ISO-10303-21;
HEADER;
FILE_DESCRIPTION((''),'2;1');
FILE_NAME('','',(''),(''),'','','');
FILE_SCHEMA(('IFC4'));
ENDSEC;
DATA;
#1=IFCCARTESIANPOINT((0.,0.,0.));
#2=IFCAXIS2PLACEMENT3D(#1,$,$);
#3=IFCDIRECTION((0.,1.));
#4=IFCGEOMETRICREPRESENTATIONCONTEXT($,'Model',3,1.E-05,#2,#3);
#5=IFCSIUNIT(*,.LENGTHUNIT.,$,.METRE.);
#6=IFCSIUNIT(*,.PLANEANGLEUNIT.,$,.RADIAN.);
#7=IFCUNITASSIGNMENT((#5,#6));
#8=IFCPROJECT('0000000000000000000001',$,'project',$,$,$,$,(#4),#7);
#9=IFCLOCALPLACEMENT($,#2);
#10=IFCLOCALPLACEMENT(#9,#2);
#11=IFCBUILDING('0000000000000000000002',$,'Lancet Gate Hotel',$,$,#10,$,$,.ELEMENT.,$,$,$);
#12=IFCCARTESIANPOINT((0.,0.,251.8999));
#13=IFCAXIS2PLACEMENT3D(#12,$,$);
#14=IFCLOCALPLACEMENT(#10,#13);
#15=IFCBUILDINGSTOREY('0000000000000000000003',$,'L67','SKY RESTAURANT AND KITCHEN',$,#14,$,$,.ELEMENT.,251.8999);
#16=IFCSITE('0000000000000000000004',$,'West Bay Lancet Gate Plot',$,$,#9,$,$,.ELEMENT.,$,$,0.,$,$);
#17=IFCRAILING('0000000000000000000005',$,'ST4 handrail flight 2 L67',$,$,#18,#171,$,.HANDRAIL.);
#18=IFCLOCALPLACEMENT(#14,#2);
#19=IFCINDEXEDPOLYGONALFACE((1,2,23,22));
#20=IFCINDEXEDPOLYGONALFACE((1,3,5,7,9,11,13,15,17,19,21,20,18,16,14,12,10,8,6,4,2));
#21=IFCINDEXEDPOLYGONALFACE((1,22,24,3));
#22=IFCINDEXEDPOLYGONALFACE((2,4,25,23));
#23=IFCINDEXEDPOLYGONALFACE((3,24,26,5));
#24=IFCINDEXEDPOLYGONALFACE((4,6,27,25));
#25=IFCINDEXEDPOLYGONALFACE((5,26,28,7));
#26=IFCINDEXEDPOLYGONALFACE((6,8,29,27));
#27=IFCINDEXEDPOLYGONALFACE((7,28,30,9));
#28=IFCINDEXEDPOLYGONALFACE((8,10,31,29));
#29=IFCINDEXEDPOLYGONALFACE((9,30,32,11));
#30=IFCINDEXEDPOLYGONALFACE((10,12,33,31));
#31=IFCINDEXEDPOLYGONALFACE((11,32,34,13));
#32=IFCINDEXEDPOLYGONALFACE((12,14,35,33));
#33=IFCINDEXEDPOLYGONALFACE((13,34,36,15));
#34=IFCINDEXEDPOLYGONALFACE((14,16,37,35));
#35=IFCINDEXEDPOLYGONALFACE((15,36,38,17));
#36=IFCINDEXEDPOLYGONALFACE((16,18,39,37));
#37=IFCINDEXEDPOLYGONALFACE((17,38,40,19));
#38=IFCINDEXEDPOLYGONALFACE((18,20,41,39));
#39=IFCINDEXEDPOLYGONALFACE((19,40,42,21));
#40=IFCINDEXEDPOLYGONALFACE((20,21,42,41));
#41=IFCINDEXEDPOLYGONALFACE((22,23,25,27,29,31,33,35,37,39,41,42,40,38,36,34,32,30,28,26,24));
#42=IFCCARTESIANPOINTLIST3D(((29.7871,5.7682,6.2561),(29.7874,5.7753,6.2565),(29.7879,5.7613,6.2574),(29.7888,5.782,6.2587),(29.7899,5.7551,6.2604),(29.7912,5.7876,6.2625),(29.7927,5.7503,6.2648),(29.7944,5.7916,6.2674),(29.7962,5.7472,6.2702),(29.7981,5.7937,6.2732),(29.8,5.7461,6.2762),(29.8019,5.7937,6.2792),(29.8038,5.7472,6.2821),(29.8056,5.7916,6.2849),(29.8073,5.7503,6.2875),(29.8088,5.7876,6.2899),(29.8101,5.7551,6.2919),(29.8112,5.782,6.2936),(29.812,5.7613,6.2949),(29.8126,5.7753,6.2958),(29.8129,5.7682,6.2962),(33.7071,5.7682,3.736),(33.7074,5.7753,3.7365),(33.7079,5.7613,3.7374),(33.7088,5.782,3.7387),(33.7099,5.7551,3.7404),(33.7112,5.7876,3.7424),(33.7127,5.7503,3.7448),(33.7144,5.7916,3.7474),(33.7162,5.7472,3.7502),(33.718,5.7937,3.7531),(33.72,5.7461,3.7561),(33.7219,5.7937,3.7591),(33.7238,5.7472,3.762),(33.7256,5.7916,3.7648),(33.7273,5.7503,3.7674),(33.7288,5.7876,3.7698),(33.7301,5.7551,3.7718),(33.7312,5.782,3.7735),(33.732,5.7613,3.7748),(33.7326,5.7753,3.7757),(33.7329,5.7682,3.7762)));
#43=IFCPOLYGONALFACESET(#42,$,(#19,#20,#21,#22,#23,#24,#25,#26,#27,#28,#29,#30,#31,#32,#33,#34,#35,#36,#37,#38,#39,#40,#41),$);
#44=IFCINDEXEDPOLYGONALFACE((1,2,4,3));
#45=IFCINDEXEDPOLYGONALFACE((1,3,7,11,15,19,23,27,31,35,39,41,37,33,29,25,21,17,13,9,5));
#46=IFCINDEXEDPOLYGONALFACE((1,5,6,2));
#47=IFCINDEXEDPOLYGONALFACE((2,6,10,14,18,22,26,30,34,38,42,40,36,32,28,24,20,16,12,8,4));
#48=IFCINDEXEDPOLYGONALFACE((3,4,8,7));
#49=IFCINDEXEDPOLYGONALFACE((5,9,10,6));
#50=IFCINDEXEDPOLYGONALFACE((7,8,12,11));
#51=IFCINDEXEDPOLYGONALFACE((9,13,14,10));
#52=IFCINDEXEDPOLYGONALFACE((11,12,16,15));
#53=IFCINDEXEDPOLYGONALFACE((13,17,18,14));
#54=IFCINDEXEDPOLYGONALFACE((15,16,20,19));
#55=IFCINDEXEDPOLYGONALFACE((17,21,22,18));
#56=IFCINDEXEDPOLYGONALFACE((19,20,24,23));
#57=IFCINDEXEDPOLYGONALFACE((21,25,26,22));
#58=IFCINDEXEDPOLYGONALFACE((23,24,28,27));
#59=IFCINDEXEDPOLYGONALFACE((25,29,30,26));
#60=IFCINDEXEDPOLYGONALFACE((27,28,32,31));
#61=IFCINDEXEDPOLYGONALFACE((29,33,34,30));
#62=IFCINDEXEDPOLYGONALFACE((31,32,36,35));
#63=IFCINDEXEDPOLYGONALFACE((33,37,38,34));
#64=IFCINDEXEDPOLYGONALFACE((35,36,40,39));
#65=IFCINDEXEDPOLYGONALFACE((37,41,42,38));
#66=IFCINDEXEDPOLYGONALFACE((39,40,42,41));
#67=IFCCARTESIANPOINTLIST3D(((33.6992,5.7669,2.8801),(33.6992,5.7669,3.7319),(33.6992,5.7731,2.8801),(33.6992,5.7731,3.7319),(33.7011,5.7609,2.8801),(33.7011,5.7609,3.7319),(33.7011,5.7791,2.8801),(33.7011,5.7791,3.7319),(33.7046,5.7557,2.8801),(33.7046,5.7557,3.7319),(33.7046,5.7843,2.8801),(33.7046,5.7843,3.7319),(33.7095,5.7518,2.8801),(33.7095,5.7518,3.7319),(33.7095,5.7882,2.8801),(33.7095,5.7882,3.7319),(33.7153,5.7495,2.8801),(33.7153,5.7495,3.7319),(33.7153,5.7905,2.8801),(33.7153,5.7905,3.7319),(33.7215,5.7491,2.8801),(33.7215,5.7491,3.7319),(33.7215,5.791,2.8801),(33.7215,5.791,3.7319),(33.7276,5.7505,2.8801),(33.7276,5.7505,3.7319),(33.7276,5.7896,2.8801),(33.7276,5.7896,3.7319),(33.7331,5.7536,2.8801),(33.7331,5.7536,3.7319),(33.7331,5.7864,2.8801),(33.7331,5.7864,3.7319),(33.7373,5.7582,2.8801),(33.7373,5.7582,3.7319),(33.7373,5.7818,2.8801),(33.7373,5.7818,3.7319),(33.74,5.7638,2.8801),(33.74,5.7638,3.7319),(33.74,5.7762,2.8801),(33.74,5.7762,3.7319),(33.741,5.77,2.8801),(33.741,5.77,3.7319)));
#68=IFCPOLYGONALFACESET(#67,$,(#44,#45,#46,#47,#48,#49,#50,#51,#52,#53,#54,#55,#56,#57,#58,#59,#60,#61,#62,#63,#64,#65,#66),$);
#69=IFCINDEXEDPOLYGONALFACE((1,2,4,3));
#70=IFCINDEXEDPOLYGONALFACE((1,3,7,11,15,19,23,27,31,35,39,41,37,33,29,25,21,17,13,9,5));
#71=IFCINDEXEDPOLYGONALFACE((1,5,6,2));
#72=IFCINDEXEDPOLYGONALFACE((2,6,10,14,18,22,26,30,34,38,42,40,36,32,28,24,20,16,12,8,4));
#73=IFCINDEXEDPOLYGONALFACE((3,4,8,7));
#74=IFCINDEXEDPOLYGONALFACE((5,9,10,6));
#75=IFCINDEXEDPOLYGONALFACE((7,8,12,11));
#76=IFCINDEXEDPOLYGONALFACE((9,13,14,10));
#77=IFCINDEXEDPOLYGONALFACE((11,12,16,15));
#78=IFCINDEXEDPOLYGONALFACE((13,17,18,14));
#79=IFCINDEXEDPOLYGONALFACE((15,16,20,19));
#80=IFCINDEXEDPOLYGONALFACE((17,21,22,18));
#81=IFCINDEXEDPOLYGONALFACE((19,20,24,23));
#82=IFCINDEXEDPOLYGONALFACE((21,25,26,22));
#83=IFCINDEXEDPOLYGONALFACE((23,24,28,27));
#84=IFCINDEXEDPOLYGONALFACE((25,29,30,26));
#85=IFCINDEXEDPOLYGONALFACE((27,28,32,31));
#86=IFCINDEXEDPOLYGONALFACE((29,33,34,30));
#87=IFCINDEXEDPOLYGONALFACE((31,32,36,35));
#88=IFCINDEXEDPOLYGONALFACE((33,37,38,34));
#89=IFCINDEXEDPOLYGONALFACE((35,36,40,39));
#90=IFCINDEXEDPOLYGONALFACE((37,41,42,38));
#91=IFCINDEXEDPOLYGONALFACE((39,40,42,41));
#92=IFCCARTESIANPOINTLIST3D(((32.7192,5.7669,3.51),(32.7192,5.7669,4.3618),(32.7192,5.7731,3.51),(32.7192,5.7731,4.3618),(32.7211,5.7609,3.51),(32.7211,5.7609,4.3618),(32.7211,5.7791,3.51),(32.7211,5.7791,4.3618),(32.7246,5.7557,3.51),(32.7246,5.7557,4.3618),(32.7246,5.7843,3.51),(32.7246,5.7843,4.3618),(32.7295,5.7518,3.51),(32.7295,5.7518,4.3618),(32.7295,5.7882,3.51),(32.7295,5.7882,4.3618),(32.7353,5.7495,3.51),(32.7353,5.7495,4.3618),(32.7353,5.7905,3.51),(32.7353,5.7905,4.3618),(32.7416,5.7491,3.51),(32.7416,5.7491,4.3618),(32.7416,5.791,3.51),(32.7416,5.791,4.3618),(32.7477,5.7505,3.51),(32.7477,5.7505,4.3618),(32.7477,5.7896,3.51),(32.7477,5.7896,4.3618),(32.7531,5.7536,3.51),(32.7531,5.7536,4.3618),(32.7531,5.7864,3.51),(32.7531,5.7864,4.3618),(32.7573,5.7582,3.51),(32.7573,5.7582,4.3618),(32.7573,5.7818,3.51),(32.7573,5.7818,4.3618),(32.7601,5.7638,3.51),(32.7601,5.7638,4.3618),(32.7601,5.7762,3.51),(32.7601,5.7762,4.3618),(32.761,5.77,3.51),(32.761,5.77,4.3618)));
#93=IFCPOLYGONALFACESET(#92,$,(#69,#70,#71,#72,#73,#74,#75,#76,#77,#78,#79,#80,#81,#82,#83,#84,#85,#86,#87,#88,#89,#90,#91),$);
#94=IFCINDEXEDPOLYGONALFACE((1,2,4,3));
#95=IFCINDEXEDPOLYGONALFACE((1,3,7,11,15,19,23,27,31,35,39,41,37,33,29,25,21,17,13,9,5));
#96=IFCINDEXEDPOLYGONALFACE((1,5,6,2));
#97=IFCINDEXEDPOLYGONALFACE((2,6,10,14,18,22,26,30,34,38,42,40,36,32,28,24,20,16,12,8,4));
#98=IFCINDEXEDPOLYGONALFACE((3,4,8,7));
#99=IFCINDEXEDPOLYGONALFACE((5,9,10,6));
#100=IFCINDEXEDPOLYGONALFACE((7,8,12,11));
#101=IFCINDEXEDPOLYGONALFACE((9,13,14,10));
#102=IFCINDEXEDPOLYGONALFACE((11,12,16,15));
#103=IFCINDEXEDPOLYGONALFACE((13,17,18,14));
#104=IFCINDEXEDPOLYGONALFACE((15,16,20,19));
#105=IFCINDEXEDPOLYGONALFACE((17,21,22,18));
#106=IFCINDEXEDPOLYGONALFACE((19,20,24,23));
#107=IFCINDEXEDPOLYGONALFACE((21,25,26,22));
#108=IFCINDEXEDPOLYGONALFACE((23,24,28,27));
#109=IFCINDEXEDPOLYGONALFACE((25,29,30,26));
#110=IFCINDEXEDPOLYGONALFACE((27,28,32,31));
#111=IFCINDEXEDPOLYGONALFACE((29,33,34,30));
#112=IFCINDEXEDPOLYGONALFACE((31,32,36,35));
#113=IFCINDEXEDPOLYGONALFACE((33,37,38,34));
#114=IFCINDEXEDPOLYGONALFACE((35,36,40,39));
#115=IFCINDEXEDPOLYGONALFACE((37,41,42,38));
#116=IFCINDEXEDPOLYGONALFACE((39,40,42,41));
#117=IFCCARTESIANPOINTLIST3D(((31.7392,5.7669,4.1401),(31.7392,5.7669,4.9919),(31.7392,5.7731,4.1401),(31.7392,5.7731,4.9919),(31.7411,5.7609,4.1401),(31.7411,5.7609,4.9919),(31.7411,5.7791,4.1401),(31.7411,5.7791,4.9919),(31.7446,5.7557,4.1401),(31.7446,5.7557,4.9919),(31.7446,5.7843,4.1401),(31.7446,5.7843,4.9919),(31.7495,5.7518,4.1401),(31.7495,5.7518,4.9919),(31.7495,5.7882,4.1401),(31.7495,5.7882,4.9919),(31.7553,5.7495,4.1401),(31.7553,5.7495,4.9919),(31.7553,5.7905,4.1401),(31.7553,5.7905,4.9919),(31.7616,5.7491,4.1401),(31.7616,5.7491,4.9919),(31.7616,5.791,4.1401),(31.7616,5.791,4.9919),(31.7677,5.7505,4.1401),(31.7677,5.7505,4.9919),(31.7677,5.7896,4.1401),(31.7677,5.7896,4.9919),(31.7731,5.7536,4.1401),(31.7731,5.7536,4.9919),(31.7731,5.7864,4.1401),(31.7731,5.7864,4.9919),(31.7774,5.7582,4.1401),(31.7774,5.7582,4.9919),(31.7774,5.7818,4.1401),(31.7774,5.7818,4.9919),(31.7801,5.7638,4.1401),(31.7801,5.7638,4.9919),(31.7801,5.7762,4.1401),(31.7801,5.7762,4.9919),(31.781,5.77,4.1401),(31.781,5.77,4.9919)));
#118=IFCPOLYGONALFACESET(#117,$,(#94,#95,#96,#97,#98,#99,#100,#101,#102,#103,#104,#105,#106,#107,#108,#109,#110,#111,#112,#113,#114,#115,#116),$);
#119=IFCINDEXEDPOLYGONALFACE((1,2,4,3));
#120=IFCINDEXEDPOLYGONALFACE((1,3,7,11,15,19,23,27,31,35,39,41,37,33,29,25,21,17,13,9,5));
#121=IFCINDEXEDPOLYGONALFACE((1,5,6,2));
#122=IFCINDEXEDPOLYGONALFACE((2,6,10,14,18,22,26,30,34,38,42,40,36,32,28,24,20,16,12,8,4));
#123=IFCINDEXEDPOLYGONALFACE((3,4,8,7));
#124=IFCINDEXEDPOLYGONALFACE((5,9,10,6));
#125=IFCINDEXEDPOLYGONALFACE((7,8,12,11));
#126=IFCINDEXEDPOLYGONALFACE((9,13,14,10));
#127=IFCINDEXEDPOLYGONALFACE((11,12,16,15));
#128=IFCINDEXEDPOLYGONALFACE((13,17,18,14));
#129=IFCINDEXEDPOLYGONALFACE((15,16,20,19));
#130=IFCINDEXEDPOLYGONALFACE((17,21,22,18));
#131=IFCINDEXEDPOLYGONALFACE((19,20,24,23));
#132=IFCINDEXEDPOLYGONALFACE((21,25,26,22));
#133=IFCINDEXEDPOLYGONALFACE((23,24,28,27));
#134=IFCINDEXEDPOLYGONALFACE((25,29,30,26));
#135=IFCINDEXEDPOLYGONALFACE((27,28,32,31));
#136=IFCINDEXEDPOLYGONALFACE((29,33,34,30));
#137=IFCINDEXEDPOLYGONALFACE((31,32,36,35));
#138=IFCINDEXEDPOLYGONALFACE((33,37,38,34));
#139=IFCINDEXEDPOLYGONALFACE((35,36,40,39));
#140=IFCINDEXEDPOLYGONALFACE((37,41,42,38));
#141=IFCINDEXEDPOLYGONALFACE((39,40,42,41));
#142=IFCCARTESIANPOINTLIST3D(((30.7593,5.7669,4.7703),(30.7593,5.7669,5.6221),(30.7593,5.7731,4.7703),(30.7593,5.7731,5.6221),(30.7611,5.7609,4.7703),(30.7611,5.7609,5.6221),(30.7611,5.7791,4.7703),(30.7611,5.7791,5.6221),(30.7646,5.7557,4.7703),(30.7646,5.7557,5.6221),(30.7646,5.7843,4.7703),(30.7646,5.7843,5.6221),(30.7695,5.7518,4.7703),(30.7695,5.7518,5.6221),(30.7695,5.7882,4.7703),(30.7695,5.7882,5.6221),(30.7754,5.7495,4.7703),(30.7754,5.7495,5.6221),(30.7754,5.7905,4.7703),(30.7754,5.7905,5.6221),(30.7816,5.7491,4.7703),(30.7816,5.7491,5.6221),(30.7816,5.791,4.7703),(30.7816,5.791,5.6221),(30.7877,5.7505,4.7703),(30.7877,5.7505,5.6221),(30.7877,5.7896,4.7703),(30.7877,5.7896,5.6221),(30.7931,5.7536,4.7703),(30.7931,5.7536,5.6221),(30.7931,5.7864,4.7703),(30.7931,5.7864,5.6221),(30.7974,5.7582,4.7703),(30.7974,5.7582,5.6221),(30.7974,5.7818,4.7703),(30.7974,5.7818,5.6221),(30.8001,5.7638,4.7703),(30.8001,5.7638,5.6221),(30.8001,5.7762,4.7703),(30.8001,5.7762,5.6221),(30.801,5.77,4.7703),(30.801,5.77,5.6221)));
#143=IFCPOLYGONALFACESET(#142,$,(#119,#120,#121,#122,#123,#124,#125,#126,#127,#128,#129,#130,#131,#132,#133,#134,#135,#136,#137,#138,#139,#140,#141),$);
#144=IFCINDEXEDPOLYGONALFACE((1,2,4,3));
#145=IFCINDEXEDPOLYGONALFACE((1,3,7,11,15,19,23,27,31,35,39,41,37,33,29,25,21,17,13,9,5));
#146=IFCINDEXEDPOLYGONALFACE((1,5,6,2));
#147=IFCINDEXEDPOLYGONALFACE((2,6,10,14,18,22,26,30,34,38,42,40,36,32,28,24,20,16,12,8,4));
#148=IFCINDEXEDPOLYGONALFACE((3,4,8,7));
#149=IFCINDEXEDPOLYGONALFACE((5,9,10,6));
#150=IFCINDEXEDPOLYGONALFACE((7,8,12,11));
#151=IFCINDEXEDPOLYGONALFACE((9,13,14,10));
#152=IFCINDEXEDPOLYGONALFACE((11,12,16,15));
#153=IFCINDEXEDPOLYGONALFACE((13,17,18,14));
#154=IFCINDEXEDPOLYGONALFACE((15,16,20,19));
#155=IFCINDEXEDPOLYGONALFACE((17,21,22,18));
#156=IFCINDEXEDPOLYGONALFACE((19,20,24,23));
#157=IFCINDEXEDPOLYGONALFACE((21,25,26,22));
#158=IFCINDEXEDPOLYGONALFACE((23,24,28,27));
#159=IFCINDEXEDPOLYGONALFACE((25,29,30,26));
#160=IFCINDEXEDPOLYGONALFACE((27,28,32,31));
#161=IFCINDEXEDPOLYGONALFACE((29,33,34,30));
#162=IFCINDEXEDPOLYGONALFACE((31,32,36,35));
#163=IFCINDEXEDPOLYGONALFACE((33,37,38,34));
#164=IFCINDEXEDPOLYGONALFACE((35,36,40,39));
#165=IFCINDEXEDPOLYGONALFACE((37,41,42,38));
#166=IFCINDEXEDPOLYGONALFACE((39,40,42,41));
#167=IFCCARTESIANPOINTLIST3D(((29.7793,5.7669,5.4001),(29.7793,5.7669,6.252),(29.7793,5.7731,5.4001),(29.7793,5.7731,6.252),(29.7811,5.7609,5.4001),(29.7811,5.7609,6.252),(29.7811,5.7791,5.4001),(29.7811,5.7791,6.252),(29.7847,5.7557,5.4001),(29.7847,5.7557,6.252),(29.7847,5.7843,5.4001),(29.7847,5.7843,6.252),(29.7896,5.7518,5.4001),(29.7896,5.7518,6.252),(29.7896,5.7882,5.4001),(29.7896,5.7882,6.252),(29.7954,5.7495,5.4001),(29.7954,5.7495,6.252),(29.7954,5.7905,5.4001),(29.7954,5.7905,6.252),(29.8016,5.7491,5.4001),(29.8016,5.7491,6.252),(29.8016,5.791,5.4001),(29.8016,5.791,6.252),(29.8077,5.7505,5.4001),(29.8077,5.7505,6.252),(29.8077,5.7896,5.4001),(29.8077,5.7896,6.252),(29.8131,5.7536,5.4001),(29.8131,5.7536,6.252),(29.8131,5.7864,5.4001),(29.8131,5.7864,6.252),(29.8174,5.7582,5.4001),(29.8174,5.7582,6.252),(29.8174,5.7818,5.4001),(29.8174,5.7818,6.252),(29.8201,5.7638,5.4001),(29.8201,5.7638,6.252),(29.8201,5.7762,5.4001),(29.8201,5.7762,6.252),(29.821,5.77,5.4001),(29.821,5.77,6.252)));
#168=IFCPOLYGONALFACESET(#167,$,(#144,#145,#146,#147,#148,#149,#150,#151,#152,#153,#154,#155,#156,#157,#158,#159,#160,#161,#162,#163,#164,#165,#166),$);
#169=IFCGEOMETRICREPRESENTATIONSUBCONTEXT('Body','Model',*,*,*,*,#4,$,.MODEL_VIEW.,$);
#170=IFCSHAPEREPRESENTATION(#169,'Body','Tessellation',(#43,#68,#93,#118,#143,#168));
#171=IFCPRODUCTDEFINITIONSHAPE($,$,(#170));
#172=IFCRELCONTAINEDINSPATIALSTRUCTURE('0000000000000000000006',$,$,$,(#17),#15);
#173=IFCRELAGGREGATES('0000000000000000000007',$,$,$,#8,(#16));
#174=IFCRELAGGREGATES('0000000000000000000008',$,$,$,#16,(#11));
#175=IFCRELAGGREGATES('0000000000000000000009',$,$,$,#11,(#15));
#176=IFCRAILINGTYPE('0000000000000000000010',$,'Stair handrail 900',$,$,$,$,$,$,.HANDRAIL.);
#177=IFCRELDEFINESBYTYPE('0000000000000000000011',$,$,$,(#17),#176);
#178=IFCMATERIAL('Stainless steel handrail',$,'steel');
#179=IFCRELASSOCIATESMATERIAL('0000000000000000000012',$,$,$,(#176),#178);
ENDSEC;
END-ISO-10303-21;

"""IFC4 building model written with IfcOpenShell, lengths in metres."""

from ifc_helpers import new_model, si_unit, direction, frame, origin, origin_2d, place, context, subcontext, project, spatial, circle, extrude, material, type_object, element, save


model = new_model("IFC4")

# Units and contexts
model_context = context("Model", 3, precision=1e-05, world=origin(), true_north=direction((0.0, 1.0)))
body_context = subcontext(model_context, "Body", "Model", "MODEL_VIEW")
ifc_project = project(units=[si_unit("LENGTHUNIT", "METRE"), si_unit("PLANEANGLEUNIT", "RADIAN")], contexts=[model_context])

# Site, building, storey
site_placement = place(None, origin())
site = spatial("IfcSite", under=ifc_project, at=site_placement, Name="West Bay Lancet Gate Plot", CompositionType="ELEMENT", RefElevation=0.0)
building_placement = place(site_placement, origin())
building = spatial("IfcBuilding", under=site, at=building_placement, Name="Lancet Gate Hotel", CompositionType="ELEMENT")
storey_placement = place(building_placement, frame((0.0, 0.0, 251.8999)))
storey = spatial("IfcBuildingStorey", under=building, at=storey_placement, Name="L67", Description="SKY RESTAURANT AND KITCHEN", CompositionType="ELEMENT", Elevation=251.8999)

# Railing
ifc_material_1 = material(Name="Stainless steel handrail", Category="steel")
railing_type = type_object("IfcRailingType", Name="Stair handrail 900", PredefinedType="HANDRAIL", material=ifc_material_1)
railing_1_placement = place(storey_placement, frame((33.72, 5.77, 2.8801)))
element("IfcRailing", 1, at=railing_1_placement, inside=storey, type_object=railing_type, Name="ST4 handrail flight 2 L67", PredefinedType="HANDRAIL", context=body_context, shape_type="SweptSolid", body=[
    extrude(circle(Radius=0.0239, at=origin_2d()), frame((0.0, 0.0, 0.876), z_axis=(-0.841172, 0.0, 0.540768), x_axis=(0.0, -1.0, 0.0)), (0.0, 0.0, 1.0), 4.6602),
    extrude(circle(Radius=0.021, at=origin_2d()), origin(), (0.0, 0.0, 1.0), 0.8518),
    extrude(circle(Radius=0.021, at=origin_2d()), frame((-0.98, 0.0, 0.6299)), (0.0, 0.0, 1.0), 0.8518),
    extrude(circle(Radius=0.021, at=origin_2d()), frame((-1.96, 0.0, 1.26)), (0.0, 0.0, 1.0), 0.8518),
    extrude(circle(Radius=0.021, at=origin_2d()), frame((-2.9399, 0.0, 1.8901)), (0.0, 0.0, 1.0), 0.8518),
    extrude(circle(Radius=0.021, at=origin_2d()), frame((-3.9199, 0.0, 2.52)), (0.0, 0.0, 1.0), 0.8518),
])

save(model, "model.ifc")
